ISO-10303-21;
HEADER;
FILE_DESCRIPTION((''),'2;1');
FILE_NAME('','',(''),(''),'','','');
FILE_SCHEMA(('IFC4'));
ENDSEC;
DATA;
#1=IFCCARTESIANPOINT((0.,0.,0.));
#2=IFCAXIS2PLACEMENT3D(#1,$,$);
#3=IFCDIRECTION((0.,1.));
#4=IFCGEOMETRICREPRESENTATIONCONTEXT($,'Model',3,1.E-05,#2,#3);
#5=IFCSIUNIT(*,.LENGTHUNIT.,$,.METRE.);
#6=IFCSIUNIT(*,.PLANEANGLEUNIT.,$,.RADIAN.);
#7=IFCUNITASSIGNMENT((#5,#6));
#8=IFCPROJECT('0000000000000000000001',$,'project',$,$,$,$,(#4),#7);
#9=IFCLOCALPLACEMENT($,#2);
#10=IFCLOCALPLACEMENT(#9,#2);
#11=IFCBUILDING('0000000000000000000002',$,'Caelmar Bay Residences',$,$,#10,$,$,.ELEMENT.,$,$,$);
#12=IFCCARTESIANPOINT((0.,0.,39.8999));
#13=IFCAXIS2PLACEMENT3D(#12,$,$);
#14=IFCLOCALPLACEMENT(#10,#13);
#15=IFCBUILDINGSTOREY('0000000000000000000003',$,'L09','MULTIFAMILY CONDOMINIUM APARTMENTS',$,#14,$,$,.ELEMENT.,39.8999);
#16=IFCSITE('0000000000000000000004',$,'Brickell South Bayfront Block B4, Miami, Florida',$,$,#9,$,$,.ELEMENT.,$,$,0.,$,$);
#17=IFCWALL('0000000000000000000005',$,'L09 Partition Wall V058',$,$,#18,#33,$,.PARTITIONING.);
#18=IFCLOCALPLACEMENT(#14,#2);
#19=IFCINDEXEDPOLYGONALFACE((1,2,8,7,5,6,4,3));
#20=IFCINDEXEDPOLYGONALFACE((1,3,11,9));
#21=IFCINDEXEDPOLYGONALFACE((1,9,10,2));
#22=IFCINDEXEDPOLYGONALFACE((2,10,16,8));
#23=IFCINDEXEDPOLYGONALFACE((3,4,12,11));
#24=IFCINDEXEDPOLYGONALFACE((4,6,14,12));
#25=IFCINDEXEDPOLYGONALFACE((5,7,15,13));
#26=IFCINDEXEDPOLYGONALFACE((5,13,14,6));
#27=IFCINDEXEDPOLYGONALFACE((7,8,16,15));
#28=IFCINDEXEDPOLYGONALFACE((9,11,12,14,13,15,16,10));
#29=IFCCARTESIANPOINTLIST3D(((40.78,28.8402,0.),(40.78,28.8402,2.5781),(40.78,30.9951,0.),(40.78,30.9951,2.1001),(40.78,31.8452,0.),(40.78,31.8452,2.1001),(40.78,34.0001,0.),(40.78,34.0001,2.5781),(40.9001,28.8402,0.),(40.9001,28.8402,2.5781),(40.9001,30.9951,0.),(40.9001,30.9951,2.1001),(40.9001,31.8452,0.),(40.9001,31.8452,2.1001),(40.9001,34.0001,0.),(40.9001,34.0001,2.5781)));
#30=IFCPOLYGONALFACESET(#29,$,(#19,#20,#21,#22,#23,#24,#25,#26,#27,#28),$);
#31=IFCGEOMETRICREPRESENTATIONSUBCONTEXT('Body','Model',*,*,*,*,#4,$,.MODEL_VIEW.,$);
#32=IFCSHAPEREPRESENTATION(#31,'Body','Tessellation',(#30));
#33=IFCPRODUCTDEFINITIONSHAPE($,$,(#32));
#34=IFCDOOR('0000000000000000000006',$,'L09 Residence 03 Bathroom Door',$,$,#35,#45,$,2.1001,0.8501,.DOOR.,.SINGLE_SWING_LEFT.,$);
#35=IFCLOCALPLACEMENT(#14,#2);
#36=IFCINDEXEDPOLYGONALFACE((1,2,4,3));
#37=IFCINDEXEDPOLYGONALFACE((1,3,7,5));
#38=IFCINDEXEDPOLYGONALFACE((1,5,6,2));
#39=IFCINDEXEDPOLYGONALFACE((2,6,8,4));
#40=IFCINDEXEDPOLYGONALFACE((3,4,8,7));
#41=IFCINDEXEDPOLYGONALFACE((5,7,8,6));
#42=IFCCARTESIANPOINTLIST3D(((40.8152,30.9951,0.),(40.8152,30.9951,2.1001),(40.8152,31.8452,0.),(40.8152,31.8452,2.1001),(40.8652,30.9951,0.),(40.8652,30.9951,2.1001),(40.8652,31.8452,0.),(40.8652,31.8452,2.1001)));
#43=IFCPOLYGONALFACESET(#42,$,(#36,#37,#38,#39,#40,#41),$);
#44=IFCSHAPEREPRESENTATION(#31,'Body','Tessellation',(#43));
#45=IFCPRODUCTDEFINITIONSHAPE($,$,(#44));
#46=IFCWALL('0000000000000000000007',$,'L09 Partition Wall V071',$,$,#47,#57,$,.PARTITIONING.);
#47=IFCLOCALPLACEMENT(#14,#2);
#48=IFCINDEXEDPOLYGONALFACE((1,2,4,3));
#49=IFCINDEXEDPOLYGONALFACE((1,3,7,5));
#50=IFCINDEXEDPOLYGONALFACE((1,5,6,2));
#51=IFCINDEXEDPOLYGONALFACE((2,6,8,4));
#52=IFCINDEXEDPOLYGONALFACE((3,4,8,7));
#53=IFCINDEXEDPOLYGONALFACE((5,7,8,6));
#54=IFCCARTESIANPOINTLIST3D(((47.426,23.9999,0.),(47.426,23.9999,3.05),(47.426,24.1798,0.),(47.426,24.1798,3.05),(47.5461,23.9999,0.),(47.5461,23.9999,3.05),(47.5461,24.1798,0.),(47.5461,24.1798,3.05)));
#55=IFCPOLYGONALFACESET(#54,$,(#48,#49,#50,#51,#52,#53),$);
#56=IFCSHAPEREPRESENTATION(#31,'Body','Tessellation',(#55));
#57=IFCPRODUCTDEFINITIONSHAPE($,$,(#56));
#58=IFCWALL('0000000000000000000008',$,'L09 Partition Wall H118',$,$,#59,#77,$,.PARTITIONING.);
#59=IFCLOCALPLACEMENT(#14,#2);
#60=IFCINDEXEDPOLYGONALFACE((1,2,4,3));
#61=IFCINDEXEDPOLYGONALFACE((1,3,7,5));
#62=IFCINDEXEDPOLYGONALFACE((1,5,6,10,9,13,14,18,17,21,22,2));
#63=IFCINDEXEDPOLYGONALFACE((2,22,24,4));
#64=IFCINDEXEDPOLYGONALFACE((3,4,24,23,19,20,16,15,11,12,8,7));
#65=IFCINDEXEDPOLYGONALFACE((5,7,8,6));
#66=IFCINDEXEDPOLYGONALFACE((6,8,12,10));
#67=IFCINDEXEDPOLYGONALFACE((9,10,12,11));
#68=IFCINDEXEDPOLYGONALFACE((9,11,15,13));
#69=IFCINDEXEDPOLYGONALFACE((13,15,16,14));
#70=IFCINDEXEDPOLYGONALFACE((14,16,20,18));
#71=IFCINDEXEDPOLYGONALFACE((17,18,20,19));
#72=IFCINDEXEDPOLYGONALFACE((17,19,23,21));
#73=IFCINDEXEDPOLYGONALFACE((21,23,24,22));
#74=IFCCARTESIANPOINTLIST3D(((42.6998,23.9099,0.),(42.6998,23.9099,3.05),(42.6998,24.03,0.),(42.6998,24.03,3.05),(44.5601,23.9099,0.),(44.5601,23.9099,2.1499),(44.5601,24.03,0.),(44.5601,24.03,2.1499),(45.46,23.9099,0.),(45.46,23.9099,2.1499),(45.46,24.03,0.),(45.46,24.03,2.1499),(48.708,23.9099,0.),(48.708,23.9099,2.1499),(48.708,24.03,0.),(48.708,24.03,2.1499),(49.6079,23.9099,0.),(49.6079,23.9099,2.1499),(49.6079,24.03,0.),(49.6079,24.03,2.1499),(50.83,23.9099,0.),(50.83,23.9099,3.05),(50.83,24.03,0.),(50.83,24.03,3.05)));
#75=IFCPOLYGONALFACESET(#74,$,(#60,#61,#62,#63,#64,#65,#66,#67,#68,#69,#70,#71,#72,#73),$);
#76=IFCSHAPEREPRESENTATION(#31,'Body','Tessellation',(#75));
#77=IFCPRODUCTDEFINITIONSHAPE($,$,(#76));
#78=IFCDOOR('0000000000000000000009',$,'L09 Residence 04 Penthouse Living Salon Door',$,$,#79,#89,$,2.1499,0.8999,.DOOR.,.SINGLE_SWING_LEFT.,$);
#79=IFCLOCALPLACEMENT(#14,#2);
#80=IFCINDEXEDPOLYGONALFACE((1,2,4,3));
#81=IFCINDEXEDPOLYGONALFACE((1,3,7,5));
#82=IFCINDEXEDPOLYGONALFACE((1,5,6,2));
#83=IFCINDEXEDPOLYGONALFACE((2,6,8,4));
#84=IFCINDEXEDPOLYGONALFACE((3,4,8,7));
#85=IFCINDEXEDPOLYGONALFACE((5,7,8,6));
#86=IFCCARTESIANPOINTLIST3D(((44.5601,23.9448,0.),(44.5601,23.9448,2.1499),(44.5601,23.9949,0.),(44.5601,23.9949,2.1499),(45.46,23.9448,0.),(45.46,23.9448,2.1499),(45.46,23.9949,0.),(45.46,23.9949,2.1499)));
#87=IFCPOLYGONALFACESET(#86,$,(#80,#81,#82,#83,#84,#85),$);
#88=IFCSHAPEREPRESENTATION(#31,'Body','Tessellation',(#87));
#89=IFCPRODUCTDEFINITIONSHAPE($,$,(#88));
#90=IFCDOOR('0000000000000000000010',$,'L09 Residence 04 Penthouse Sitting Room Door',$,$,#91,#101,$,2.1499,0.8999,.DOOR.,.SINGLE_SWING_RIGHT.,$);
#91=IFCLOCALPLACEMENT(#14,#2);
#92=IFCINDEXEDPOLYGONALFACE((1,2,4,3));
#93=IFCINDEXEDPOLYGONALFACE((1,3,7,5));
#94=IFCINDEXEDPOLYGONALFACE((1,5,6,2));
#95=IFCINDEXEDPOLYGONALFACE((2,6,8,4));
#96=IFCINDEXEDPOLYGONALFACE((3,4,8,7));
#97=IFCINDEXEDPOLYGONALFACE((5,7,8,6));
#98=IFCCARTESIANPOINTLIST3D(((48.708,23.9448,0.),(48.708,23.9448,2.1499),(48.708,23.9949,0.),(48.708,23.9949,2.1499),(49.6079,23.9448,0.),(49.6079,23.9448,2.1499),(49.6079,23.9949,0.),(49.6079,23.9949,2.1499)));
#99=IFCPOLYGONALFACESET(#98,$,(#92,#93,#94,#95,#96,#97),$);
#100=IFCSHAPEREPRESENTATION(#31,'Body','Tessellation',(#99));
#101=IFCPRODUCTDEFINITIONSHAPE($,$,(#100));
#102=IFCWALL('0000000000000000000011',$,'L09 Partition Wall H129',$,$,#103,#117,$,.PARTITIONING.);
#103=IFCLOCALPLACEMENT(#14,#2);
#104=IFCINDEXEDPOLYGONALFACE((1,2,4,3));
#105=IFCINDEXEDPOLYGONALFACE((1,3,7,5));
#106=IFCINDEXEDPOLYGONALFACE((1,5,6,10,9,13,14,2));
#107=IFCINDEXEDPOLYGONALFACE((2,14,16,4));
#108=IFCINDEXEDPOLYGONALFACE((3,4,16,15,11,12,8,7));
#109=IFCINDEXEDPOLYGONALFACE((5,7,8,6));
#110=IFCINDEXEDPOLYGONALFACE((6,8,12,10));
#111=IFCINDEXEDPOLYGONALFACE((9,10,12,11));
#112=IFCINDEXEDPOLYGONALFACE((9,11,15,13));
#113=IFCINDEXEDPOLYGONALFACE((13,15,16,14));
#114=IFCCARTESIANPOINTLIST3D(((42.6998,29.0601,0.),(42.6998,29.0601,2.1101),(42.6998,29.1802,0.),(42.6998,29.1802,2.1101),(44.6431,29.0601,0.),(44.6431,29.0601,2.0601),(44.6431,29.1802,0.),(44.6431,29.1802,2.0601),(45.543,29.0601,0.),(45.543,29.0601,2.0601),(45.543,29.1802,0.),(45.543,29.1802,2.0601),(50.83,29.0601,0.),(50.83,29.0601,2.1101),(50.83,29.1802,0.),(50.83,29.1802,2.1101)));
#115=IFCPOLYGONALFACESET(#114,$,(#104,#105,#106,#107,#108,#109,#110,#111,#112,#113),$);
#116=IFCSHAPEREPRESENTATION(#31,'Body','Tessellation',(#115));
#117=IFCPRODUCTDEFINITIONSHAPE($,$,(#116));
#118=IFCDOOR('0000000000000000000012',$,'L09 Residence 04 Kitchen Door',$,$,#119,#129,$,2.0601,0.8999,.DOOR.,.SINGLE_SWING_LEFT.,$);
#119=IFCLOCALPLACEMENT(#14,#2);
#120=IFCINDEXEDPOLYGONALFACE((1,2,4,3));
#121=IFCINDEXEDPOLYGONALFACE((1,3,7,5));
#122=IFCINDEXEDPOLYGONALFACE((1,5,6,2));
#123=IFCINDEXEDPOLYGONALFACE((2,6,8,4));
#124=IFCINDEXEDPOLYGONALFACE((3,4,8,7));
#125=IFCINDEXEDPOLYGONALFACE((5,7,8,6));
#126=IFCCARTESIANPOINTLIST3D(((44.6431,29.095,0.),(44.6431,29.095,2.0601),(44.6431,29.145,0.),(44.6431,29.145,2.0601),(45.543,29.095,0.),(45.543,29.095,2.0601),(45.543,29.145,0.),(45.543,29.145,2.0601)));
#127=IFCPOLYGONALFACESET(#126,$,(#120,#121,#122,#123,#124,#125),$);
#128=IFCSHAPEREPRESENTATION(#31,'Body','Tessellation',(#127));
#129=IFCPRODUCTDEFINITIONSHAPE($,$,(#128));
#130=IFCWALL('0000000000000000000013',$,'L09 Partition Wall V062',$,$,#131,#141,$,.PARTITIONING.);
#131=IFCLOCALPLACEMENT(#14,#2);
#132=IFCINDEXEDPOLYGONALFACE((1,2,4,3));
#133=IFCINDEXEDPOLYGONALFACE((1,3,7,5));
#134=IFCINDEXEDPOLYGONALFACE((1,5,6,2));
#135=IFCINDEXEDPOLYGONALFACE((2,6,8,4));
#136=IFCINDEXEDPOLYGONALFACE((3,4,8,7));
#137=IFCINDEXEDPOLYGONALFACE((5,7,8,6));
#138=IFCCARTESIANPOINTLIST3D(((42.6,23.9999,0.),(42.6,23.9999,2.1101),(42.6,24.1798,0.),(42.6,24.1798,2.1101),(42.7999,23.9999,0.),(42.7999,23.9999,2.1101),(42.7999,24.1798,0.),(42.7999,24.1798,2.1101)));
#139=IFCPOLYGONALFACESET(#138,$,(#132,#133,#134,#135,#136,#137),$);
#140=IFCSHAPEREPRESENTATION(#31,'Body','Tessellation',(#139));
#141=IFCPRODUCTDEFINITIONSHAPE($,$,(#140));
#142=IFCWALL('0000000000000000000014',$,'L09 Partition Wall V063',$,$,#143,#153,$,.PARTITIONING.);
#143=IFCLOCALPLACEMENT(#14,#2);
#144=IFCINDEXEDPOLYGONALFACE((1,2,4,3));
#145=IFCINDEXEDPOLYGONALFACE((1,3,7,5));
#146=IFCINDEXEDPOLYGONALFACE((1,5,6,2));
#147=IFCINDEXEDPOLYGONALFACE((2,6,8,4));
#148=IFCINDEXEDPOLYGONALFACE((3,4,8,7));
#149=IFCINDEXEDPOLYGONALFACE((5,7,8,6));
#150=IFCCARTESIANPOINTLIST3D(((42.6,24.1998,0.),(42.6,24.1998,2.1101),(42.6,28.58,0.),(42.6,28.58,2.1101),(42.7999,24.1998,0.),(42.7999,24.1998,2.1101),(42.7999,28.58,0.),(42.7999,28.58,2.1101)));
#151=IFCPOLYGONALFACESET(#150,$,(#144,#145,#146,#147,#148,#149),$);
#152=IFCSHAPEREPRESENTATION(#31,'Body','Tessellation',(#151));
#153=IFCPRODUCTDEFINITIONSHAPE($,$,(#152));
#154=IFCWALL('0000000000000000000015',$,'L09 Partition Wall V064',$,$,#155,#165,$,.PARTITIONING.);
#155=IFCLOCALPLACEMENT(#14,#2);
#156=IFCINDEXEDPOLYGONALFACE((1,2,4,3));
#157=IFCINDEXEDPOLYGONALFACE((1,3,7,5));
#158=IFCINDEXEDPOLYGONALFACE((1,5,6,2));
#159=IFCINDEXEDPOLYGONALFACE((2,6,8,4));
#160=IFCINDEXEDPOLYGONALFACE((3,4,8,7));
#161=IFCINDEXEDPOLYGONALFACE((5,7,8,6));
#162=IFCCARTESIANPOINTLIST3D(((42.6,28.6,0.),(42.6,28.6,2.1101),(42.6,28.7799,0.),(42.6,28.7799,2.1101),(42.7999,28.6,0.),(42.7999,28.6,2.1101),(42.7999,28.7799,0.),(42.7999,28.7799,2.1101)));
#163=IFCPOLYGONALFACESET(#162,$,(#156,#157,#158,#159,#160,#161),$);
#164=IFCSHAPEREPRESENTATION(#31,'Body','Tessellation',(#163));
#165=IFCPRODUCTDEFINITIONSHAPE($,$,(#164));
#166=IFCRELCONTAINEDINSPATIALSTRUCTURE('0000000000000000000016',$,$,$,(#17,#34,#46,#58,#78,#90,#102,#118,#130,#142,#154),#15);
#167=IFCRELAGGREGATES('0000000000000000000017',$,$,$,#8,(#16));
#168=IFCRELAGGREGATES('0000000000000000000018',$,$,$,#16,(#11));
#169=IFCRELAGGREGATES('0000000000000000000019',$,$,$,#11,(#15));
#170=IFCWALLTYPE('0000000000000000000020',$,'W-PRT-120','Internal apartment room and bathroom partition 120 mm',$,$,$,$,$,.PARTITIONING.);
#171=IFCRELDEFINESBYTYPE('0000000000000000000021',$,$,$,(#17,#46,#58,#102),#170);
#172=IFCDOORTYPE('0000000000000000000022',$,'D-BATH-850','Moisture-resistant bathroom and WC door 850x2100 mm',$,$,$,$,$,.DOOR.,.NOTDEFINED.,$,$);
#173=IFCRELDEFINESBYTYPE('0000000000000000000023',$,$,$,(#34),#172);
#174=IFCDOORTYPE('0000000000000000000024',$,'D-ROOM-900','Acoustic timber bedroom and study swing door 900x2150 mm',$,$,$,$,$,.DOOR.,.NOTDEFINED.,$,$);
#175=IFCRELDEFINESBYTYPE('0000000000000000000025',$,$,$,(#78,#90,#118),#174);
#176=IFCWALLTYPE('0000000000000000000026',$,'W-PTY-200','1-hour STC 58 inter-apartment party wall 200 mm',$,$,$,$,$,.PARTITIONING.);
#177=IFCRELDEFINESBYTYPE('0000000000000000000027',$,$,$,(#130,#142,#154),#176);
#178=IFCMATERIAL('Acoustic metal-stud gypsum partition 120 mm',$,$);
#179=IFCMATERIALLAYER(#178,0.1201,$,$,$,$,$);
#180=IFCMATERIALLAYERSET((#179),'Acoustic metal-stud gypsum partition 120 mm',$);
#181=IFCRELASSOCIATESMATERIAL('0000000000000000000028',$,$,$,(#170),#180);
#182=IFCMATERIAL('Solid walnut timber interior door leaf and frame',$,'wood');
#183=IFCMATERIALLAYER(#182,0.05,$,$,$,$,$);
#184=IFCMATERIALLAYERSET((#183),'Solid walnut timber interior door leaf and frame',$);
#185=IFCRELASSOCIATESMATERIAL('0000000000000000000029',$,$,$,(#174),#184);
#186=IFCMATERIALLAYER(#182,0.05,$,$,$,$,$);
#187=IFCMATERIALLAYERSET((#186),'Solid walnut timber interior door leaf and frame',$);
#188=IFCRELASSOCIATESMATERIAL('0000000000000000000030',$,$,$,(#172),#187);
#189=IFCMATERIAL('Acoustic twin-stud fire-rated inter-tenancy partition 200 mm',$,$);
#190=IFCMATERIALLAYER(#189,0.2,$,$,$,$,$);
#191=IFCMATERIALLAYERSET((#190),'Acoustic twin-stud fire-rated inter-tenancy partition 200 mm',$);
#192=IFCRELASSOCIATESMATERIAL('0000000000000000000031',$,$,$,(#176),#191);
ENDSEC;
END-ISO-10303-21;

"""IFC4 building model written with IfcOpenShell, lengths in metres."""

from ifc_helpers import new_model, si_unit, direction, frame, frame_2d, origin, place, context, subcontext, project, spatial, rectangle, extrude, material, layer, layer_set, type_object, element, fill, save


model = new_model("IFC4")

# Units and contexts
model_context = context("Model", 3, precision=1e-05, world=origin(), true_north=direction((0.0, 1.0)))
body_context = subcontext(model_context, "Body", "Model", "MODEL_VIEW")
ifc_project = project(units=[si_unit("LENGTHUNIT", "METRE"), si_unit("PLANEANGLEUNIT", "RADIAN")], contexts=[model_context])

# Site, building, storey
site_placement = place(None, origin())
site = spatial("IfcSite", under=ifc_project, at=site_placement, Name="Brickell South Bayfront Block B4, Miami, Florida", CompositionType="ELEMENT", RefElevation=0.0)
building_placement = place(site_placement, origin())
building = spatial("IfcBuilding", under=site, at=building_placement, Name="Caelmar Bay Residences", CompositionType="ELEMENT")
storey_placement = place(building_placement, frame((0.0, 0.0, 39.8999)))
storey = spatial("IfcBuildingStorey", under=building, at=storey_placement, Name="L09", Description="MULTIFAMILY CONDOMINIUM APARTMENTS", CompositionType="ELEMENT", Elevation=39.8999)

# Shared definitions
ifc_material_1 = material(Name="Acoustic metal-stud gypsum partition 120 mm")
ifc_layer_1 = layer(ifc_material_1, 0.1201)
ifc_layer_set_1 = layer_set([ifc_layer_1], Name="Acoustic metal-stud gypsum partition 120 mm")
wall_type_1 = type_object("IfcWallType", Name="W-PRT-120", Description="Internal apartment room and bathroom partition 120 mm", PredefinedType="PARTITIONING", material=ifc_layer_set_1)

# Shared definitions
ifc_material_2 = material(Name="Solid walnut timber interior door leaf and frame", Category="wood")
ifc_layer_2 = layer(ifc_material_2, 0.05)
ifc_layer_set_2 = layer_set([ifc_layer_2], Name="Solid walnut timber interior door leaf and frame")
door_type_1 = type_object("IfcDoorType", Name="D-ROOM-900", Description="Acoustic timber bedroom and study swing door 900x2150 mm", OperationType="NOTDEFINED", PredefinedType="DOOR", material=ifc_layer_set_2)

# Wall, opening, door
wall_1_placement = place(storey_placement, frame((40.8401, 28.8401, 0.0), z_axis=(0.0, 0.0, 1.0), x_axis=(0.0, 1.0, 0.0)))
wall_1 = element("IfcWall", 1, at=wall_1_placement, inside=storey, type_object=wall_type_1, Name="L09 Partition Wall V058", PredefinedType="PARTITIONING", context=body_context, shape_type="SweptSolid", body=[
    extrude(rectangle(XDim=5.1599, YDim=0.1201, at=frame_2d((2.5801, 0.0))), origin(), (0.0, 0.0, 1.0), 2.5781),
])
opening_1_placement = place(wall_1_placement, frame((2.155, 0.0, 0.0)))
opening_1 = element("IfcOpeningElement", 2, at=opening_1_placement, cuts=wall_1, PredefinedType="OPENING", context=body_context, shape_type="SweptSolid", body=[
    extrude(rectangle(XDim=0.8501, YDim=2.1001, at=frame_2d((0.425, 1.05))), frame((0.0, 0.0701, 0.0), z_axis=(0.0, -1.0, 0.0), x_axis=(1.0, 0.0, 0.0)), (0.0, 0.0, 1.0), 0.1401),
])
ifc_layer_3 = layer(ifc_material_2, 0.05)
ifc_layer_set_3 = layer_set([ifc_layer_3], Name="Solid walnut timber interior door leaf and frame")
door_type_2 = type_object("IfcDoorType", Name="D-BATH-850", Description="Moisture-resistant bathroom and WC door 850x2100 mm", OperationType="NOTDEFINED", PredefinedType="DOOR", material=ifc_layer_set_3)
door_1_placement = place(opening_1_placement, origin())
door_1 = element("IfcDoor", 3, at=door_1_placement, inside=storey, type_object=door_type_2, Name="L09 Residence 03 Bathroom Door", OperationType="SINGLE_SWING_LEFT", OverallHeight=2.1001, OverallWidth=0.8501, PredefinedType="DOOR", context=body_context, shape_type="SweptSolid", body=[
    extrude(rectangle(XDim=0.8501, YDim=2.1001, at=frame_2d((0.425, 1.05))), frame((0.0, 0.0249, 0.0), z_axis=(0.0, -1.0, 0.0), x_axis=(1.0, 0.0, 0.0)), (0.0, 0.0, 1.0), 0.05),
])
fill(opening_1, door_1)

# Wall
wall_2_placement = place(storey_placement, frame((47.4861, 24.0, 0.0), z_axis=(0.0, 0.0, 1.0), x_axis=(0.0, 1.0, 0.0)))
element("IfcWall", 4, at=wall_2_placement, inside=storey, type_object=wall_type_1, Name="L09 Partition Wall V071", PredefinedType="PARTITIONING", context=body_context, shape_type="SweptSolid", body=[
    extrude(rectangle(XDim=0.1799, YDim=0.1201, at=frame_2d((0.0898, 0.0))), origin(), (0.0, 0.0, 1.0), 3.05),
])

# Wall, openings, doors
wall_3_placement = place(storey_placement, frame((42.7, 23.97, 0.0), z_axis=(0.0, 0.0, 1.0), x_axis=(1.0, 0.0, 0.0)))
wall_3 = element("IfcWall", 5, at=wall_3_placement, inside=storey, type_object=wall_type_1, Name="L09 Partition Wall H118", PredefinedType="PARTITIONING", context=body_context, shape_type="SweptSolid", body=[
    extrude(rectangle(XDim=8.1301, YDim=0.1201, at=frame_2d((4.0649, 0.0))), origin(), (0.0, 0.0, 1.0), 3.05),
])
opening_2_placement = place(wall_3_placement, frame((1.8601, 0.0, 0.0)))
opening_2 = element("IfcOpeningElement", 6, at=opening_2_placement, cuts=wall_3, PredefinedType="OPENING", context=body_context, shape_type="SweptSolid", body=[
    extrude(rectangle(XDim=0.8999, YDim=2.1499, at=frame_2d((0.45, 1.075))), frame((0.0, 0.0701, 0.0), z_axis=(0.0, -1.0, 0.0), x_axis=(1.0, 0.0, 0.0)), (0.0, 0.0, 1.0), 0.1401),
])
opening_3_placement = place(wall_3_placement, frame((6.0081, 0.0, 0.0)))
opening_3 = element("IfcOpeningElement", 7, at=opening_3_placement, cuts=wall_3, PredefinedType="OPENING", context=body_context, shape_type="SweptSolid", body=[
    extrude(rectangle(XDim=0.8999, YDim=2.1499, at=frame_2d((0.45, 1.075))), frame((0.0, 0.0701, 0.0), z_axis=(0.0, -1.0, 0.0), x_axis=(1.0, 0.0, 0.0)), (0.0, 0.0, 1.0), 0.1401),
])
door_2_placement = place(opening_2_placement, origin())
door_2 = element("IfcDoor", 8, at=door_2_placement, inside=storey, type_object=door_type_1, Name="L09 Residence 04 Penthouse Living Salon Door", OperationType="SINGLE_SWING_LEFT", OverallHeight=2.1499, OverallWidth=0.8999, PredefinedType="DOOR", context=body_context, shape_type="SweptSolid", body=[
    extrude(rectangle(XDim=0.8999, YDim=2.1499, at=frame_2d((0.45, 1.075))), frame((0.0, 0.0249, 0.0), z_axis=(0.0, -1.0, 0.0), x_axis=(1.0, 0.0, 0.0)), (0.0, 0.0, 1.0), 0.05),
])
fill(opening_2, door_2)
door_3_placement = place(opening_3_placement, origin())
door_3 = element("IfcDoor", 9, at=door_3_placement, inside=storey, type_object=door_type_1, Name="L09 Residence 04 Penthouse Sitting Room Door", OperationType="SINGLE_SWING_RIGHT", OverallHeight=2.1499, OverallWidth=0.8999, PredefinedType="DOOR", context=body_context, shape_type="SweptSolid", body=[
    extrude(rectangle(XDim=0.8999, YDim=2.1499, at=frame_2d((0.45, 1.075))), frame((0.0, 0.0249, 0.0), z_axis=(0.0, -1.0, 0.0), x_axis=(1.0, 0.0, 0.0)), (0.0, 0.0, 1.0), 0.05),
])
fill(opening_3, door_3)

# Wall, opening, door
wall_4_placement = place(storey_placement, frame((42.7, 29.1201, 0.0), z_axis=(0.0, 0.0, 1.0), x_axis=(1.0, 0.0, 0.0)))
wall_4 = element("IfcWall", 10, at=wall_4_placement, inside=storey, type_object=wall_type_1, Name="L09 Partition Wall H129", PredefinedType="PARTITIONING", context=body_context, shape_type="SweptSolid", body=[
    extrude(rectangle(XDim=8.1301, YDim=0.1201, at=frame_2d((4.0649, 0.0))), origin(), (0.0, 0.0, 1.0), 2.1101),
])
opening_4_placement = place(wall_4_placement, frame((1.9431, 0.0, 0.0)))
opening_4 = element("IfcOpeningElement", 11, at=opening_4_placement, cuts=wall_4, PredefinedType="OPENING", context=body_context, shape_type="SweptSolid", body=[
    extrude(rectangle(XDim=0.8999, YDim=2.0601, at=frame_2d((0.45, 1.03))), frame((0.0, 0.0701, 0.0), z_axis=(0.0, -1.0, 0.0), x_axis=(1.0, 0.0, 0.0)), (0.0, 0.0, 1.0), 0.1401),
])
door_4_placement = place(opening_4_placement, origin())
door_4 = element("IfcDoor", 12, at=door_4_placement, inside=storey, type_object=door_type_1, Name="L09 Residence 04 Kitchen Door", OperationType="SINGLE_SWING_LEFT", OverallHeight=2.0601, OverallWidth=0.8999, PredefinedType="DOOR", context=body_context, shape_type="SweptSolid", body=[
    extrude(rectangle(XDim=0.8999, YDim=2.0601, at=frame_2d((0.45, 1.03))), frame((0.0, 0.0249, 0.0), z_axis=(0.0, -1.0, 0.0), x_axis=(1.0, 0.0, 0.0)), (0.0, 0.0, 1.0), 0.05),
])
fill(opening_4, door_4)

# Walls
ifc_material_3 = material(Name="Acoustic twin-stud fire-rated inter-tenancy partition 200 mm")
ifc_layer_4 = layer(ifc_material_3, 0.2)
ifc_layer_set_4 = layer_set([ifc_layer_4], Name="Acoustic twin-stud fire-rated inter-tenancy partition 200 mm")
wall_type_2 = type_object("IfcWallType", Name="W-PTY-200", Description="1-hour STC 58 inter-apartment party wall 200 mm", PredefinedType="PARTITIONING", material=ifc_layer_set_4)
wall_5_placement = place(storey_placement, frame((42.7, 24.0, 0.0), z_axis=(0.0, 0.0, 1.0), x_axis=(0.0, 1.0, 0.0)))
element("IfcWall", 13, at=wall_5_placement, inside=storey, type_object=wall_type_2, Name="L09 Partition Wall V062", PredefinedType="PARTITIONING", context=body_context, shape_type="SweptSolid", body=[
    extrude(rectangle(XDim=0.1799, YDim=0.2, at=frame_2d((0.0898, 0.0))), origin(), (0.0, 0.0, 1.0), 2.1101),
])
wall_6_placement = place(storey_placement, frame((42.7, 24.2, 0.0), z_axis=(0.0, 0.0, 1.0), x_axis=(0.0, 1.0, 0.0)))
element("IfcWall", 14, at=wall_6_placement, inside=storey, type_object=wall_type_2, Name="L09 Partition Wall V063", PredefinedType="PARTITIONING", context=body_context, shape_type="SweptSolid", body=[
    extrude(rectangle(XDim=4.3801, YDim=0.2, at=frame_2d((2.1899, 0.0))), origin(), (0.0, 0.0, 1.0), 2.1101),
])
wall_7_placement = place(storey_placement, frame((42.7, 28.6001, 0.0), z_axis=(0.0, 0.0, 1.0), x_axis=(0.0, 1.0, 0.0)))
element("IfcWall", 15, at=wall_7_placement, inside=storey, type_object=wall_type_2, Name="L09 Partition Wall V064", PredefinedType="PARTITIONING", context=body_context, shape_type="SweptSolid", body=[
    extrude(rectangle(XDim=0.1799, YDim=0.2, at=frame_2d((0.0898, 0.0))), origin(), (0.0, 0.0, 1.0), 2.1101),
])

save(model, "model.ifc")
